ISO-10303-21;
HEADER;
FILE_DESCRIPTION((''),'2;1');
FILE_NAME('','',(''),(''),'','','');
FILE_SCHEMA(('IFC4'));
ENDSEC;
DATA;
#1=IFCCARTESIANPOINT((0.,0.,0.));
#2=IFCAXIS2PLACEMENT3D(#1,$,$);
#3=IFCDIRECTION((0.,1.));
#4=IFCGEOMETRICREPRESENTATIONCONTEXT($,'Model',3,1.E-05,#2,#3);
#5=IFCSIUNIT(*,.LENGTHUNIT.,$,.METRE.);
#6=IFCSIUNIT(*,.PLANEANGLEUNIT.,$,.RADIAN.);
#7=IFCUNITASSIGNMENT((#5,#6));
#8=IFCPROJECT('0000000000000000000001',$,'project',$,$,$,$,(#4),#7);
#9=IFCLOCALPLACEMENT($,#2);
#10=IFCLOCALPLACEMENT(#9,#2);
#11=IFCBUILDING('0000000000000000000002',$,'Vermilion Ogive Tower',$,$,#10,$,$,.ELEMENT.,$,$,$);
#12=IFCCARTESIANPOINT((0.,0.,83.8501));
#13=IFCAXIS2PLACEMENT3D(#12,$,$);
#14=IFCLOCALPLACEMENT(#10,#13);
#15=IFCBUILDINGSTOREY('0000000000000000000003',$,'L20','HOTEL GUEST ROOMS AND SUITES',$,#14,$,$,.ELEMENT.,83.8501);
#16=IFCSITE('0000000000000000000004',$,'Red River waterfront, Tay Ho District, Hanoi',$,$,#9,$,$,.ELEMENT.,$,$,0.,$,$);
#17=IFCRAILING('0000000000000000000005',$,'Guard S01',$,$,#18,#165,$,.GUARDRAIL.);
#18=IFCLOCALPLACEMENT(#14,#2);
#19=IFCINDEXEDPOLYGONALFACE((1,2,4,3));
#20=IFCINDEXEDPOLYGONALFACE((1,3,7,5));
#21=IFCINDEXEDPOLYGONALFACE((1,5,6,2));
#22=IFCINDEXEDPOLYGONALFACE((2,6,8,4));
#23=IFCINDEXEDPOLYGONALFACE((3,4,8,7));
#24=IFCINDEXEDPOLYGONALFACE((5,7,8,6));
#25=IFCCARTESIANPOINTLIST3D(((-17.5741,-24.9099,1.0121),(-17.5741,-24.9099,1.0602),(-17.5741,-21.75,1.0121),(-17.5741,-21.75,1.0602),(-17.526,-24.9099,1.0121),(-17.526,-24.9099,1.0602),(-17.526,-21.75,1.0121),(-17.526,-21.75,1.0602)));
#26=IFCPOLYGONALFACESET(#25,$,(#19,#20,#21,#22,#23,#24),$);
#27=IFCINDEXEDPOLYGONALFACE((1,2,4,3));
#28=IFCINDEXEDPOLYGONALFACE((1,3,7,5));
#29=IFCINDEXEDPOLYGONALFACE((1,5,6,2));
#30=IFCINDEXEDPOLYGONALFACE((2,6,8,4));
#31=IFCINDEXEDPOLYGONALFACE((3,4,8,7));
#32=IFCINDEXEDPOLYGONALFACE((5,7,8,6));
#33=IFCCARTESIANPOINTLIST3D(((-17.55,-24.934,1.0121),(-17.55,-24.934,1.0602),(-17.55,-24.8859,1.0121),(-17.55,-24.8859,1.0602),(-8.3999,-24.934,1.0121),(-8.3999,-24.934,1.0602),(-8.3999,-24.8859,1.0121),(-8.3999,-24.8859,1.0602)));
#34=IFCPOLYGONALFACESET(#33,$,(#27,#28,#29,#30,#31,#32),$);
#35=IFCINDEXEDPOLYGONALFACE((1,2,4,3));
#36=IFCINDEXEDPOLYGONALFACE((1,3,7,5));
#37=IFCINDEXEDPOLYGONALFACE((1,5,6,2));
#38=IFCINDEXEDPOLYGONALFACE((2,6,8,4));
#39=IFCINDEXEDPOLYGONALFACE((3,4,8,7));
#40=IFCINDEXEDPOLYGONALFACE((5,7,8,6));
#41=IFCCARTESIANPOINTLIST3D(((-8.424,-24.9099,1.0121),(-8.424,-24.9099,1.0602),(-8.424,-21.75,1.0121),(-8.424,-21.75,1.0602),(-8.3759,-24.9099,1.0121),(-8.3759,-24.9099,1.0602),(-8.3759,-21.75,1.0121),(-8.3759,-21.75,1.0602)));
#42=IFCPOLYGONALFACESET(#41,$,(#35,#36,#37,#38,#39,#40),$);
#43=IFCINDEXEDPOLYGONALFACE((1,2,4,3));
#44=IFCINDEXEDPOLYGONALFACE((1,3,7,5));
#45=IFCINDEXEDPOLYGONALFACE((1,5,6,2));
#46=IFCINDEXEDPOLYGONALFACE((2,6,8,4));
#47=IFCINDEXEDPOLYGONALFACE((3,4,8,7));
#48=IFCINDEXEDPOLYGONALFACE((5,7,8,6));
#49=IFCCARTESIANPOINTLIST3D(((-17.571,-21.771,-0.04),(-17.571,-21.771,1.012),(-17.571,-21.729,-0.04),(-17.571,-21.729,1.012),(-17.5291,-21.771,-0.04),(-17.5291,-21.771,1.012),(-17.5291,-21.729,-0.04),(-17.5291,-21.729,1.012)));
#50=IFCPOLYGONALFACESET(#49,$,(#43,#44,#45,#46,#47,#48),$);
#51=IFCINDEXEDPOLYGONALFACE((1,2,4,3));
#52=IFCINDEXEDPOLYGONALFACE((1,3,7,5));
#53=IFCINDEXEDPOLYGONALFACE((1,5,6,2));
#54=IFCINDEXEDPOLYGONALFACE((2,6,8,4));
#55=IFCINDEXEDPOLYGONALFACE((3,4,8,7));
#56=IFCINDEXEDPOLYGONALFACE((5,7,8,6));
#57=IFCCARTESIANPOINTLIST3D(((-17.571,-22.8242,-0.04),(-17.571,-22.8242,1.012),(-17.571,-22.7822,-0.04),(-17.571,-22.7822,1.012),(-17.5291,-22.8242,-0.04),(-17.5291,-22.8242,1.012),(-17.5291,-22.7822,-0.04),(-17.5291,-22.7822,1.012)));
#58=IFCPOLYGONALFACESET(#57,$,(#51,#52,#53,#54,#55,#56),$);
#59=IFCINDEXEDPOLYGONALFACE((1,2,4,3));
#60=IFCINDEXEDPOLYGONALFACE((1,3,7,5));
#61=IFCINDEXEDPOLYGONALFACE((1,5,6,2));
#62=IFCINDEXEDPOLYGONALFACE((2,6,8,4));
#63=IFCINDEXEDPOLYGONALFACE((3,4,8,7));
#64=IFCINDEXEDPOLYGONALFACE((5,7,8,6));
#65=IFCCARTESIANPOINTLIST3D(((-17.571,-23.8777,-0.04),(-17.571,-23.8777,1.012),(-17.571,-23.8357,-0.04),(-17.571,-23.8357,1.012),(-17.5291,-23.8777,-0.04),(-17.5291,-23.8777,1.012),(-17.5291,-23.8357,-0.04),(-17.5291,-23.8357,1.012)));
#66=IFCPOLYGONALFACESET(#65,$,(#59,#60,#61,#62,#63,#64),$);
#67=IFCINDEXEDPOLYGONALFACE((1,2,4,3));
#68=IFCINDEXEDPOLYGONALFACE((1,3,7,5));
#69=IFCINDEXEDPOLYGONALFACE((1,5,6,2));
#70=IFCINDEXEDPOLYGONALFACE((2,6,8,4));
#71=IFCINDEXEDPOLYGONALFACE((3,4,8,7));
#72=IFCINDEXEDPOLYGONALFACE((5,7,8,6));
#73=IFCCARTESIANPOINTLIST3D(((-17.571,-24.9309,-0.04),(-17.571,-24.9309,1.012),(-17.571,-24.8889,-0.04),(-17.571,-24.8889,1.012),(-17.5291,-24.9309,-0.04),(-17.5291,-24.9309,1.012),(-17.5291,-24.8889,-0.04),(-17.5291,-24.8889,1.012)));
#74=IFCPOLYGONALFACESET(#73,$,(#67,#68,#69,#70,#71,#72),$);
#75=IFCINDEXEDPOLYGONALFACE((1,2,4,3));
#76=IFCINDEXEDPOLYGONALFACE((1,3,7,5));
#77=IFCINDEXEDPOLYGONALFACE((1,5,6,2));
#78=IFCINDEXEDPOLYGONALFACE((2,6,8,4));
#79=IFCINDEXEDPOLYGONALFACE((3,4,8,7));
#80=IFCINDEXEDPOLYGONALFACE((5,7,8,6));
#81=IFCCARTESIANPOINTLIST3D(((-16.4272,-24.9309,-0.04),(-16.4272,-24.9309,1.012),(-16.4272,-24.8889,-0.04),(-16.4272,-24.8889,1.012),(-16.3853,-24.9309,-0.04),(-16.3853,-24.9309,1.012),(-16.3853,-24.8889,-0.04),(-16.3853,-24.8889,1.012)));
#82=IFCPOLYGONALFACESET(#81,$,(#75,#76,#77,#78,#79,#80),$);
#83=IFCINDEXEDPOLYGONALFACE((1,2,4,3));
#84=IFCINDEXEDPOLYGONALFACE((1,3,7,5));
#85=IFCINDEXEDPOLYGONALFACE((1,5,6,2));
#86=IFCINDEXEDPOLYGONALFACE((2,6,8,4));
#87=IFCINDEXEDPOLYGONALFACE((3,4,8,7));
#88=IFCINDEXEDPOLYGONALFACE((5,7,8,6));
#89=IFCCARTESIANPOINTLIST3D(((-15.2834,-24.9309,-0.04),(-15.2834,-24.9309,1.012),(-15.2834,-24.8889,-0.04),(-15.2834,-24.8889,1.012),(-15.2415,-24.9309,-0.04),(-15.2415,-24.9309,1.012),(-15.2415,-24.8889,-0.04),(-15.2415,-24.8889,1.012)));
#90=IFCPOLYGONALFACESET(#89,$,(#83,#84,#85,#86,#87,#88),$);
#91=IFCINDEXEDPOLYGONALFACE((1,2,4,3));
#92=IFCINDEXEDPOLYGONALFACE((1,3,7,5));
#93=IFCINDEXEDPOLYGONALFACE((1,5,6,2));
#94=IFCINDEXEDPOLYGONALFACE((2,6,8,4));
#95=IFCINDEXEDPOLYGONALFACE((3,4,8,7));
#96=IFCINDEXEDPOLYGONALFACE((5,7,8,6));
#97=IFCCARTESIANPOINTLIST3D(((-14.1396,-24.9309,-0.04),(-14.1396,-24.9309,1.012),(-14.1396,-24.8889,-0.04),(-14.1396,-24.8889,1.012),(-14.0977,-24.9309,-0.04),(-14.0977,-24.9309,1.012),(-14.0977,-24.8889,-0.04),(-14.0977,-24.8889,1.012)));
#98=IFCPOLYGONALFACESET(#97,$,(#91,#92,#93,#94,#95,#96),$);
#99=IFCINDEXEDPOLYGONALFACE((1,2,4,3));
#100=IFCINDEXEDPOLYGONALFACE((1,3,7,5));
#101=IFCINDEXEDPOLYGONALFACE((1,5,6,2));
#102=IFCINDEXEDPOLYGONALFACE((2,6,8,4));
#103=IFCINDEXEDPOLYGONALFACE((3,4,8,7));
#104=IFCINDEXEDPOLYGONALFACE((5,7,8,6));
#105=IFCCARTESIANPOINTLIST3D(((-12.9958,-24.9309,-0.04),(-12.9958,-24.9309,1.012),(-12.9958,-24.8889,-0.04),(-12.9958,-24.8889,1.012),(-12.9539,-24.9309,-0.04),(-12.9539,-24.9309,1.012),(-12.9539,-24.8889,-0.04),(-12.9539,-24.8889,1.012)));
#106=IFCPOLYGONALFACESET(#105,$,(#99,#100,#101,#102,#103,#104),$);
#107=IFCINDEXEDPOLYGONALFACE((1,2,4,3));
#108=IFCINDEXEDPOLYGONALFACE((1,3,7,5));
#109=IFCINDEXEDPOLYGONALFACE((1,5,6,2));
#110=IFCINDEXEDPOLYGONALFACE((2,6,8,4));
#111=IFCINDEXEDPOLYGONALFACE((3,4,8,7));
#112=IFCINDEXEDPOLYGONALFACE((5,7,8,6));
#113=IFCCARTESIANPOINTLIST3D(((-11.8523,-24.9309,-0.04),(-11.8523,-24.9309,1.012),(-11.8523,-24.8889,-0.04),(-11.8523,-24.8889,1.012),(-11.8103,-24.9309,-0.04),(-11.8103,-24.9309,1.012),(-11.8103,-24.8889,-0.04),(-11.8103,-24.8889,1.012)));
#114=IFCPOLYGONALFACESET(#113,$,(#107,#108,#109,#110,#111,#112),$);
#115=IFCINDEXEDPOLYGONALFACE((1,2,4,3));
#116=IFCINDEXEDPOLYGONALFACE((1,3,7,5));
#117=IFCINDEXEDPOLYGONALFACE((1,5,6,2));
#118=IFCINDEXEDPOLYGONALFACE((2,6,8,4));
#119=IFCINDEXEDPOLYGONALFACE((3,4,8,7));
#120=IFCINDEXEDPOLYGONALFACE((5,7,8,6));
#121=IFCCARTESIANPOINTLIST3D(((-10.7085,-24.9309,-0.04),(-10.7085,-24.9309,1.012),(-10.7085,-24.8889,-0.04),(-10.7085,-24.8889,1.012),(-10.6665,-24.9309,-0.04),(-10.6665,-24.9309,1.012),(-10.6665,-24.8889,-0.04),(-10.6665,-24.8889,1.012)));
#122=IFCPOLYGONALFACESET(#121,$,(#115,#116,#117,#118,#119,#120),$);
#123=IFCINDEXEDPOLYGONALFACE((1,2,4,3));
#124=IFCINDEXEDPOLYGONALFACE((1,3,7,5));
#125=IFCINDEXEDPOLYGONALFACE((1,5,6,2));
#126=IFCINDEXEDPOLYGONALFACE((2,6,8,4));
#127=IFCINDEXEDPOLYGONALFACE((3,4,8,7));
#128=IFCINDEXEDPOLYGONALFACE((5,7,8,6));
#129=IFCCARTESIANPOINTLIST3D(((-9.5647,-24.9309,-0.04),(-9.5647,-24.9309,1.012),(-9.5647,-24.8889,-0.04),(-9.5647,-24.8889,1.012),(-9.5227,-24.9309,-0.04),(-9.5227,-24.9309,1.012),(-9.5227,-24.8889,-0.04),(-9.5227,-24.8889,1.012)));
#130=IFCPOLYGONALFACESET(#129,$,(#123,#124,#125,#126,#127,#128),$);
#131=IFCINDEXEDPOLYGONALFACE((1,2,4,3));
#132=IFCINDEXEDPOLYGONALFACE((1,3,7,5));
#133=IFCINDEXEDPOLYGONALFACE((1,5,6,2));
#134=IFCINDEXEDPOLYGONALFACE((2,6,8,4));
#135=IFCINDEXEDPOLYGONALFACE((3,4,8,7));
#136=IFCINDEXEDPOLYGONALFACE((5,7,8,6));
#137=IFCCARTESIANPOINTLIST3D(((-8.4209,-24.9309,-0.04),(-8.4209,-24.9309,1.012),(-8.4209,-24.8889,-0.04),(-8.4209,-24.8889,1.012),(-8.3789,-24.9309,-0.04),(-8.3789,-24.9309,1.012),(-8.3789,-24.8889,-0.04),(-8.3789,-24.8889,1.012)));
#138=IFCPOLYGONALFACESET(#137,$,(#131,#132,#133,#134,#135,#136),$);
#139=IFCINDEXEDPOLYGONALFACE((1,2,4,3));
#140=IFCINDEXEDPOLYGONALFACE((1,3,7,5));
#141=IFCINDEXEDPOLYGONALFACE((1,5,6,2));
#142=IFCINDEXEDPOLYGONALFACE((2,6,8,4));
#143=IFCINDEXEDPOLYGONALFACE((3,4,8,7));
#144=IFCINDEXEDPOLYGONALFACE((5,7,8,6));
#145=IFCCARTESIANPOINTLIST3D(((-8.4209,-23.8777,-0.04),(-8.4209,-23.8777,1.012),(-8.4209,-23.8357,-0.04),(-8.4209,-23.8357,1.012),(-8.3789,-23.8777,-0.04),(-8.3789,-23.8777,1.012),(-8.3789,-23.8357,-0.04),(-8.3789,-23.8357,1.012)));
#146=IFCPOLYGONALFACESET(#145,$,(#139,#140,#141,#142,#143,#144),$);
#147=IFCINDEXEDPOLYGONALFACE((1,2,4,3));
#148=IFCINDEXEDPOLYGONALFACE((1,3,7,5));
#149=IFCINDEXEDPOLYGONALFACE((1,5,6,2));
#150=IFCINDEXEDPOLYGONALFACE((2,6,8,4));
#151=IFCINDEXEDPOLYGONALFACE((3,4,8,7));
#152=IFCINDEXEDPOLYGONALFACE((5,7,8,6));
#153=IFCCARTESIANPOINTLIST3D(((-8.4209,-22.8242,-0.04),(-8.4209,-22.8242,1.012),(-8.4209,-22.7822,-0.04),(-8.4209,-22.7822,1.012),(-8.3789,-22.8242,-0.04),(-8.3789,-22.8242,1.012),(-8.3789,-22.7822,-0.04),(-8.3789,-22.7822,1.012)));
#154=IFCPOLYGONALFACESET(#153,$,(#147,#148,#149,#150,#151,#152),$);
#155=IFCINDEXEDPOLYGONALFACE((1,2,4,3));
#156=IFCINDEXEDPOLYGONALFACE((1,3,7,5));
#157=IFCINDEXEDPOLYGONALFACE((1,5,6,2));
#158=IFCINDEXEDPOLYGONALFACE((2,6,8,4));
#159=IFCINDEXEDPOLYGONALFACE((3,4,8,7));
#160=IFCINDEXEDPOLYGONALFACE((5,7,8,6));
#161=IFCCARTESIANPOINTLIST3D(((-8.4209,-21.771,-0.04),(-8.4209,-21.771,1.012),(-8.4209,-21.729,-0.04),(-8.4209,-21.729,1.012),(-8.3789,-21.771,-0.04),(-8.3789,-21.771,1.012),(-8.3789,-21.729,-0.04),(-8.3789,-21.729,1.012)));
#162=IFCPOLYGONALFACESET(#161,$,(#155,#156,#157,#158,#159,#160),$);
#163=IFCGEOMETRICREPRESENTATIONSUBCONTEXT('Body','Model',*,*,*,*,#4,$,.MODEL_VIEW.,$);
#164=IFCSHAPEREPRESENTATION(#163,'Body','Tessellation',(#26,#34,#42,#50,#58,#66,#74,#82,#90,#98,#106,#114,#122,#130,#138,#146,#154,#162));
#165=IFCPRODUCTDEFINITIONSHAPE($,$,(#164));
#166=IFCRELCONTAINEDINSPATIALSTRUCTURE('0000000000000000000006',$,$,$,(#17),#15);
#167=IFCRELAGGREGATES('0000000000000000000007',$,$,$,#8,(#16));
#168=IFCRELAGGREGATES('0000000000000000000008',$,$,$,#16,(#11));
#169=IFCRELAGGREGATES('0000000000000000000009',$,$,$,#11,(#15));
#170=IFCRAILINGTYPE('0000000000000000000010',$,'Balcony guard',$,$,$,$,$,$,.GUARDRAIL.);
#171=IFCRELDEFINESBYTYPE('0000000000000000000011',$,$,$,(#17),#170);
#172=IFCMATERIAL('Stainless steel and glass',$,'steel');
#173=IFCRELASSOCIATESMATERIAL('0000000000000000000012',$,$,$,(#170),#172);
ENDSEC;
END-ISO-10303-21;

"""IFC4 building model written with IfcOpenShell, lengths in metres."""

from ifc_helpers import new_model, si_unit, direction, frame, origin, origin_2d, place, context, subcontext, project, spatial, rectangle, extrude, material, type_object, element, save


model = new_model("IFC4")

# Units and contexts
model_context = context("Model", 3, precision=1e-05, world=origin(), true_north=direction((0.0, 1.0)))
body_context = subcontext(model_context, "Body", "Model", "MODEL_VIEW")
ifc_project = project(units=[si_unit("LENGTHUNIT", "METRE"), si_unit("PLANEANGLEUNIT", "RADIAN")], contexts=[model_context])

# Site, building, storey
site_placement = place(None, origin())
site = spatial("IfcSite", under=ifc_project, at=site_placement, Name="Red River waterfront, Tay Ho District, Hanoi", CompositionType="ELEMENT", RefElevation=0.0)
building_placement = place(site_placement, origin())
building = spatial("IfcBuilding", under=site, at=building_placement, Name="Vermilion Ogive Tower", CompositionType="ELEMENT")
storey_placement = place(building_placement, frame((0.0, 0.0, 83.8501)))
storey = spatial("IfcBuildingStorey", under=building, at=storey_placement, Name="L20", Description="HOTEL GUEST ROOMS AND SUITES", CompositionType="ELEMENT", Elevation=83.8501)

# Railing
ifc_material_1 = material(Name="Stainless steel and glass", Category="steel")
railing_type = type_object("IfcRailingType", Name="Balcony guard", PredefinedType="GUARDRAIL", material=ifc_material_1)
railing_placement = place(storey_placement, frame((-17.55, -21.75, -0.04)))
element("IfcRailing", 1, at=railing_placement, inside=storey, type_object=railing_type, Name="Guard S01", PredefinedType="GUARDRAIL", context=body_context, shape_type="SweptSolid", body=[
    extrude(rectangle(XDim=0.0481, YDim=0.0481, at=origin_2d()), frame((0.0, 0.0, 1.0762), z_axis=(0.0, -1.0, 0.0), x_axis=(1.0, 0.0, 0.0)), (0.0, 0.0, 1.0), 3.1599),
    extrude(rectangle(XDim=0.0481, YDim=0.0481, at=origin_2d()), frame((0.0, -3.1599, 1.0762), z_axis=(1.0, 0.0, 0.0), x_axis=(0.0, 1.0, 0.0)), (0.0, 0.0, 1.0), 9.1501),
    extrude(rectangle(XDim=0.0481, YDim=0.0481, at=origin_2d()), frame((9.1501, -3.1599, 1.0762), z_axis=(0.0, 1.0, 0.0), x_axis=(-1.0, 0.0, 0.0)), (0.0, 0.0, 1.0), 3.1599),
    extrude(rectangle(XDim=0.042, YDim=0.042, at=origin_2d()), origin(), (0.0, 0.0, 1.0), 1.052),
    extrude(rectangle(XDim=0.042, YDim=0.042, at=origin_2d()), frame((0.0, -1.0532, 0.0)), (0.0, 0.0, 1.0), 1.052),
    extrude(rectangle(XDim=0.042, YDim=0.042, at=origin_2d()), frame((0.0, -2.1067, 0.0)), (0.0, 0.0, 1.0), 1.052),
    extrude(rectangle(XDim=0.042, YDim=0.042, at=origin_2d()), frame((0.0, -3.1599, 0.0)), (0.0, 0.0, 1.0), 1.052),
    extrude(rectangle(XDim=0.042, YDim=0.042, at=origin_2d()), frame((1.1438, -3.1599, 0.0)), (0.0, 0.0, 1.0), 1.052),
    extrude(rectangle(XDim=0.042, YDim=0.042, at=origin_2d()), frame((2.2876, -3.1599, 0.0)), (0.0, 0.0, 1.0), 1.052),
    extrude(rectangle(XDim=0.042, YDim=0.042, at=origin_2d()), frame((3.4314, -3.1599, 0.0)), (0.0, 0.0, 1.0), 1.052),
    extrude(rectangle(XDim=0.042, YDim=0.042, at=origin_2d()), frame((4.5752, -3.1599, 0.0)), (0.0, 0.0, 1.0), 1.052),
    extrude(rectangle(XDim=0.042, YDim=0.042, at=origin_2d()), frame((5.7188, -3.1599, 0.0)), (0.0, 0.0, 1.0), 1.052),
    extrude(rectangle(XDim=0.042, YDim=0.042, at=origin_2d()), frame((6.8625, -3.1599, 0.0)), (0.0, 0.0, 1.0), 1.052),
    extrude(rectangle(XDim=0.042, YDim=0.042, at=origin_2d()), frame((8.0063, -3.1599, 0.0)), (0.0, 0.0, 1.0), 1.052),
    extrude(rectangle(XDim=0.042, YDim=0.042, at=origin_2d()), frame((9.1501, -3.1599, 0.0)), (0.0, 0.0, 1.0), 1.052),
    extrude(rectangle(XDim=0.042, YDim=0.042, at=origin_2d()), frame((9.1501, -2.1067, 0.0)), (0.0, 0.0, 1.0), 1.052),
    extrude(rectangle(XDim=0.042, YDim=0.042, at=origin_2d()), frame((9.1501, -1.0532, 0.0)), (0.0, 0.0, 1.0), 1.052),
    extrude(rectangle(XDim=0.042, YDim=0.042, at=origin_2d()), frame((9.1501, 0.0, 0.0)), (0.0, 0.0, 1.0), 1.052),
])

save(model, "model.ifc")
